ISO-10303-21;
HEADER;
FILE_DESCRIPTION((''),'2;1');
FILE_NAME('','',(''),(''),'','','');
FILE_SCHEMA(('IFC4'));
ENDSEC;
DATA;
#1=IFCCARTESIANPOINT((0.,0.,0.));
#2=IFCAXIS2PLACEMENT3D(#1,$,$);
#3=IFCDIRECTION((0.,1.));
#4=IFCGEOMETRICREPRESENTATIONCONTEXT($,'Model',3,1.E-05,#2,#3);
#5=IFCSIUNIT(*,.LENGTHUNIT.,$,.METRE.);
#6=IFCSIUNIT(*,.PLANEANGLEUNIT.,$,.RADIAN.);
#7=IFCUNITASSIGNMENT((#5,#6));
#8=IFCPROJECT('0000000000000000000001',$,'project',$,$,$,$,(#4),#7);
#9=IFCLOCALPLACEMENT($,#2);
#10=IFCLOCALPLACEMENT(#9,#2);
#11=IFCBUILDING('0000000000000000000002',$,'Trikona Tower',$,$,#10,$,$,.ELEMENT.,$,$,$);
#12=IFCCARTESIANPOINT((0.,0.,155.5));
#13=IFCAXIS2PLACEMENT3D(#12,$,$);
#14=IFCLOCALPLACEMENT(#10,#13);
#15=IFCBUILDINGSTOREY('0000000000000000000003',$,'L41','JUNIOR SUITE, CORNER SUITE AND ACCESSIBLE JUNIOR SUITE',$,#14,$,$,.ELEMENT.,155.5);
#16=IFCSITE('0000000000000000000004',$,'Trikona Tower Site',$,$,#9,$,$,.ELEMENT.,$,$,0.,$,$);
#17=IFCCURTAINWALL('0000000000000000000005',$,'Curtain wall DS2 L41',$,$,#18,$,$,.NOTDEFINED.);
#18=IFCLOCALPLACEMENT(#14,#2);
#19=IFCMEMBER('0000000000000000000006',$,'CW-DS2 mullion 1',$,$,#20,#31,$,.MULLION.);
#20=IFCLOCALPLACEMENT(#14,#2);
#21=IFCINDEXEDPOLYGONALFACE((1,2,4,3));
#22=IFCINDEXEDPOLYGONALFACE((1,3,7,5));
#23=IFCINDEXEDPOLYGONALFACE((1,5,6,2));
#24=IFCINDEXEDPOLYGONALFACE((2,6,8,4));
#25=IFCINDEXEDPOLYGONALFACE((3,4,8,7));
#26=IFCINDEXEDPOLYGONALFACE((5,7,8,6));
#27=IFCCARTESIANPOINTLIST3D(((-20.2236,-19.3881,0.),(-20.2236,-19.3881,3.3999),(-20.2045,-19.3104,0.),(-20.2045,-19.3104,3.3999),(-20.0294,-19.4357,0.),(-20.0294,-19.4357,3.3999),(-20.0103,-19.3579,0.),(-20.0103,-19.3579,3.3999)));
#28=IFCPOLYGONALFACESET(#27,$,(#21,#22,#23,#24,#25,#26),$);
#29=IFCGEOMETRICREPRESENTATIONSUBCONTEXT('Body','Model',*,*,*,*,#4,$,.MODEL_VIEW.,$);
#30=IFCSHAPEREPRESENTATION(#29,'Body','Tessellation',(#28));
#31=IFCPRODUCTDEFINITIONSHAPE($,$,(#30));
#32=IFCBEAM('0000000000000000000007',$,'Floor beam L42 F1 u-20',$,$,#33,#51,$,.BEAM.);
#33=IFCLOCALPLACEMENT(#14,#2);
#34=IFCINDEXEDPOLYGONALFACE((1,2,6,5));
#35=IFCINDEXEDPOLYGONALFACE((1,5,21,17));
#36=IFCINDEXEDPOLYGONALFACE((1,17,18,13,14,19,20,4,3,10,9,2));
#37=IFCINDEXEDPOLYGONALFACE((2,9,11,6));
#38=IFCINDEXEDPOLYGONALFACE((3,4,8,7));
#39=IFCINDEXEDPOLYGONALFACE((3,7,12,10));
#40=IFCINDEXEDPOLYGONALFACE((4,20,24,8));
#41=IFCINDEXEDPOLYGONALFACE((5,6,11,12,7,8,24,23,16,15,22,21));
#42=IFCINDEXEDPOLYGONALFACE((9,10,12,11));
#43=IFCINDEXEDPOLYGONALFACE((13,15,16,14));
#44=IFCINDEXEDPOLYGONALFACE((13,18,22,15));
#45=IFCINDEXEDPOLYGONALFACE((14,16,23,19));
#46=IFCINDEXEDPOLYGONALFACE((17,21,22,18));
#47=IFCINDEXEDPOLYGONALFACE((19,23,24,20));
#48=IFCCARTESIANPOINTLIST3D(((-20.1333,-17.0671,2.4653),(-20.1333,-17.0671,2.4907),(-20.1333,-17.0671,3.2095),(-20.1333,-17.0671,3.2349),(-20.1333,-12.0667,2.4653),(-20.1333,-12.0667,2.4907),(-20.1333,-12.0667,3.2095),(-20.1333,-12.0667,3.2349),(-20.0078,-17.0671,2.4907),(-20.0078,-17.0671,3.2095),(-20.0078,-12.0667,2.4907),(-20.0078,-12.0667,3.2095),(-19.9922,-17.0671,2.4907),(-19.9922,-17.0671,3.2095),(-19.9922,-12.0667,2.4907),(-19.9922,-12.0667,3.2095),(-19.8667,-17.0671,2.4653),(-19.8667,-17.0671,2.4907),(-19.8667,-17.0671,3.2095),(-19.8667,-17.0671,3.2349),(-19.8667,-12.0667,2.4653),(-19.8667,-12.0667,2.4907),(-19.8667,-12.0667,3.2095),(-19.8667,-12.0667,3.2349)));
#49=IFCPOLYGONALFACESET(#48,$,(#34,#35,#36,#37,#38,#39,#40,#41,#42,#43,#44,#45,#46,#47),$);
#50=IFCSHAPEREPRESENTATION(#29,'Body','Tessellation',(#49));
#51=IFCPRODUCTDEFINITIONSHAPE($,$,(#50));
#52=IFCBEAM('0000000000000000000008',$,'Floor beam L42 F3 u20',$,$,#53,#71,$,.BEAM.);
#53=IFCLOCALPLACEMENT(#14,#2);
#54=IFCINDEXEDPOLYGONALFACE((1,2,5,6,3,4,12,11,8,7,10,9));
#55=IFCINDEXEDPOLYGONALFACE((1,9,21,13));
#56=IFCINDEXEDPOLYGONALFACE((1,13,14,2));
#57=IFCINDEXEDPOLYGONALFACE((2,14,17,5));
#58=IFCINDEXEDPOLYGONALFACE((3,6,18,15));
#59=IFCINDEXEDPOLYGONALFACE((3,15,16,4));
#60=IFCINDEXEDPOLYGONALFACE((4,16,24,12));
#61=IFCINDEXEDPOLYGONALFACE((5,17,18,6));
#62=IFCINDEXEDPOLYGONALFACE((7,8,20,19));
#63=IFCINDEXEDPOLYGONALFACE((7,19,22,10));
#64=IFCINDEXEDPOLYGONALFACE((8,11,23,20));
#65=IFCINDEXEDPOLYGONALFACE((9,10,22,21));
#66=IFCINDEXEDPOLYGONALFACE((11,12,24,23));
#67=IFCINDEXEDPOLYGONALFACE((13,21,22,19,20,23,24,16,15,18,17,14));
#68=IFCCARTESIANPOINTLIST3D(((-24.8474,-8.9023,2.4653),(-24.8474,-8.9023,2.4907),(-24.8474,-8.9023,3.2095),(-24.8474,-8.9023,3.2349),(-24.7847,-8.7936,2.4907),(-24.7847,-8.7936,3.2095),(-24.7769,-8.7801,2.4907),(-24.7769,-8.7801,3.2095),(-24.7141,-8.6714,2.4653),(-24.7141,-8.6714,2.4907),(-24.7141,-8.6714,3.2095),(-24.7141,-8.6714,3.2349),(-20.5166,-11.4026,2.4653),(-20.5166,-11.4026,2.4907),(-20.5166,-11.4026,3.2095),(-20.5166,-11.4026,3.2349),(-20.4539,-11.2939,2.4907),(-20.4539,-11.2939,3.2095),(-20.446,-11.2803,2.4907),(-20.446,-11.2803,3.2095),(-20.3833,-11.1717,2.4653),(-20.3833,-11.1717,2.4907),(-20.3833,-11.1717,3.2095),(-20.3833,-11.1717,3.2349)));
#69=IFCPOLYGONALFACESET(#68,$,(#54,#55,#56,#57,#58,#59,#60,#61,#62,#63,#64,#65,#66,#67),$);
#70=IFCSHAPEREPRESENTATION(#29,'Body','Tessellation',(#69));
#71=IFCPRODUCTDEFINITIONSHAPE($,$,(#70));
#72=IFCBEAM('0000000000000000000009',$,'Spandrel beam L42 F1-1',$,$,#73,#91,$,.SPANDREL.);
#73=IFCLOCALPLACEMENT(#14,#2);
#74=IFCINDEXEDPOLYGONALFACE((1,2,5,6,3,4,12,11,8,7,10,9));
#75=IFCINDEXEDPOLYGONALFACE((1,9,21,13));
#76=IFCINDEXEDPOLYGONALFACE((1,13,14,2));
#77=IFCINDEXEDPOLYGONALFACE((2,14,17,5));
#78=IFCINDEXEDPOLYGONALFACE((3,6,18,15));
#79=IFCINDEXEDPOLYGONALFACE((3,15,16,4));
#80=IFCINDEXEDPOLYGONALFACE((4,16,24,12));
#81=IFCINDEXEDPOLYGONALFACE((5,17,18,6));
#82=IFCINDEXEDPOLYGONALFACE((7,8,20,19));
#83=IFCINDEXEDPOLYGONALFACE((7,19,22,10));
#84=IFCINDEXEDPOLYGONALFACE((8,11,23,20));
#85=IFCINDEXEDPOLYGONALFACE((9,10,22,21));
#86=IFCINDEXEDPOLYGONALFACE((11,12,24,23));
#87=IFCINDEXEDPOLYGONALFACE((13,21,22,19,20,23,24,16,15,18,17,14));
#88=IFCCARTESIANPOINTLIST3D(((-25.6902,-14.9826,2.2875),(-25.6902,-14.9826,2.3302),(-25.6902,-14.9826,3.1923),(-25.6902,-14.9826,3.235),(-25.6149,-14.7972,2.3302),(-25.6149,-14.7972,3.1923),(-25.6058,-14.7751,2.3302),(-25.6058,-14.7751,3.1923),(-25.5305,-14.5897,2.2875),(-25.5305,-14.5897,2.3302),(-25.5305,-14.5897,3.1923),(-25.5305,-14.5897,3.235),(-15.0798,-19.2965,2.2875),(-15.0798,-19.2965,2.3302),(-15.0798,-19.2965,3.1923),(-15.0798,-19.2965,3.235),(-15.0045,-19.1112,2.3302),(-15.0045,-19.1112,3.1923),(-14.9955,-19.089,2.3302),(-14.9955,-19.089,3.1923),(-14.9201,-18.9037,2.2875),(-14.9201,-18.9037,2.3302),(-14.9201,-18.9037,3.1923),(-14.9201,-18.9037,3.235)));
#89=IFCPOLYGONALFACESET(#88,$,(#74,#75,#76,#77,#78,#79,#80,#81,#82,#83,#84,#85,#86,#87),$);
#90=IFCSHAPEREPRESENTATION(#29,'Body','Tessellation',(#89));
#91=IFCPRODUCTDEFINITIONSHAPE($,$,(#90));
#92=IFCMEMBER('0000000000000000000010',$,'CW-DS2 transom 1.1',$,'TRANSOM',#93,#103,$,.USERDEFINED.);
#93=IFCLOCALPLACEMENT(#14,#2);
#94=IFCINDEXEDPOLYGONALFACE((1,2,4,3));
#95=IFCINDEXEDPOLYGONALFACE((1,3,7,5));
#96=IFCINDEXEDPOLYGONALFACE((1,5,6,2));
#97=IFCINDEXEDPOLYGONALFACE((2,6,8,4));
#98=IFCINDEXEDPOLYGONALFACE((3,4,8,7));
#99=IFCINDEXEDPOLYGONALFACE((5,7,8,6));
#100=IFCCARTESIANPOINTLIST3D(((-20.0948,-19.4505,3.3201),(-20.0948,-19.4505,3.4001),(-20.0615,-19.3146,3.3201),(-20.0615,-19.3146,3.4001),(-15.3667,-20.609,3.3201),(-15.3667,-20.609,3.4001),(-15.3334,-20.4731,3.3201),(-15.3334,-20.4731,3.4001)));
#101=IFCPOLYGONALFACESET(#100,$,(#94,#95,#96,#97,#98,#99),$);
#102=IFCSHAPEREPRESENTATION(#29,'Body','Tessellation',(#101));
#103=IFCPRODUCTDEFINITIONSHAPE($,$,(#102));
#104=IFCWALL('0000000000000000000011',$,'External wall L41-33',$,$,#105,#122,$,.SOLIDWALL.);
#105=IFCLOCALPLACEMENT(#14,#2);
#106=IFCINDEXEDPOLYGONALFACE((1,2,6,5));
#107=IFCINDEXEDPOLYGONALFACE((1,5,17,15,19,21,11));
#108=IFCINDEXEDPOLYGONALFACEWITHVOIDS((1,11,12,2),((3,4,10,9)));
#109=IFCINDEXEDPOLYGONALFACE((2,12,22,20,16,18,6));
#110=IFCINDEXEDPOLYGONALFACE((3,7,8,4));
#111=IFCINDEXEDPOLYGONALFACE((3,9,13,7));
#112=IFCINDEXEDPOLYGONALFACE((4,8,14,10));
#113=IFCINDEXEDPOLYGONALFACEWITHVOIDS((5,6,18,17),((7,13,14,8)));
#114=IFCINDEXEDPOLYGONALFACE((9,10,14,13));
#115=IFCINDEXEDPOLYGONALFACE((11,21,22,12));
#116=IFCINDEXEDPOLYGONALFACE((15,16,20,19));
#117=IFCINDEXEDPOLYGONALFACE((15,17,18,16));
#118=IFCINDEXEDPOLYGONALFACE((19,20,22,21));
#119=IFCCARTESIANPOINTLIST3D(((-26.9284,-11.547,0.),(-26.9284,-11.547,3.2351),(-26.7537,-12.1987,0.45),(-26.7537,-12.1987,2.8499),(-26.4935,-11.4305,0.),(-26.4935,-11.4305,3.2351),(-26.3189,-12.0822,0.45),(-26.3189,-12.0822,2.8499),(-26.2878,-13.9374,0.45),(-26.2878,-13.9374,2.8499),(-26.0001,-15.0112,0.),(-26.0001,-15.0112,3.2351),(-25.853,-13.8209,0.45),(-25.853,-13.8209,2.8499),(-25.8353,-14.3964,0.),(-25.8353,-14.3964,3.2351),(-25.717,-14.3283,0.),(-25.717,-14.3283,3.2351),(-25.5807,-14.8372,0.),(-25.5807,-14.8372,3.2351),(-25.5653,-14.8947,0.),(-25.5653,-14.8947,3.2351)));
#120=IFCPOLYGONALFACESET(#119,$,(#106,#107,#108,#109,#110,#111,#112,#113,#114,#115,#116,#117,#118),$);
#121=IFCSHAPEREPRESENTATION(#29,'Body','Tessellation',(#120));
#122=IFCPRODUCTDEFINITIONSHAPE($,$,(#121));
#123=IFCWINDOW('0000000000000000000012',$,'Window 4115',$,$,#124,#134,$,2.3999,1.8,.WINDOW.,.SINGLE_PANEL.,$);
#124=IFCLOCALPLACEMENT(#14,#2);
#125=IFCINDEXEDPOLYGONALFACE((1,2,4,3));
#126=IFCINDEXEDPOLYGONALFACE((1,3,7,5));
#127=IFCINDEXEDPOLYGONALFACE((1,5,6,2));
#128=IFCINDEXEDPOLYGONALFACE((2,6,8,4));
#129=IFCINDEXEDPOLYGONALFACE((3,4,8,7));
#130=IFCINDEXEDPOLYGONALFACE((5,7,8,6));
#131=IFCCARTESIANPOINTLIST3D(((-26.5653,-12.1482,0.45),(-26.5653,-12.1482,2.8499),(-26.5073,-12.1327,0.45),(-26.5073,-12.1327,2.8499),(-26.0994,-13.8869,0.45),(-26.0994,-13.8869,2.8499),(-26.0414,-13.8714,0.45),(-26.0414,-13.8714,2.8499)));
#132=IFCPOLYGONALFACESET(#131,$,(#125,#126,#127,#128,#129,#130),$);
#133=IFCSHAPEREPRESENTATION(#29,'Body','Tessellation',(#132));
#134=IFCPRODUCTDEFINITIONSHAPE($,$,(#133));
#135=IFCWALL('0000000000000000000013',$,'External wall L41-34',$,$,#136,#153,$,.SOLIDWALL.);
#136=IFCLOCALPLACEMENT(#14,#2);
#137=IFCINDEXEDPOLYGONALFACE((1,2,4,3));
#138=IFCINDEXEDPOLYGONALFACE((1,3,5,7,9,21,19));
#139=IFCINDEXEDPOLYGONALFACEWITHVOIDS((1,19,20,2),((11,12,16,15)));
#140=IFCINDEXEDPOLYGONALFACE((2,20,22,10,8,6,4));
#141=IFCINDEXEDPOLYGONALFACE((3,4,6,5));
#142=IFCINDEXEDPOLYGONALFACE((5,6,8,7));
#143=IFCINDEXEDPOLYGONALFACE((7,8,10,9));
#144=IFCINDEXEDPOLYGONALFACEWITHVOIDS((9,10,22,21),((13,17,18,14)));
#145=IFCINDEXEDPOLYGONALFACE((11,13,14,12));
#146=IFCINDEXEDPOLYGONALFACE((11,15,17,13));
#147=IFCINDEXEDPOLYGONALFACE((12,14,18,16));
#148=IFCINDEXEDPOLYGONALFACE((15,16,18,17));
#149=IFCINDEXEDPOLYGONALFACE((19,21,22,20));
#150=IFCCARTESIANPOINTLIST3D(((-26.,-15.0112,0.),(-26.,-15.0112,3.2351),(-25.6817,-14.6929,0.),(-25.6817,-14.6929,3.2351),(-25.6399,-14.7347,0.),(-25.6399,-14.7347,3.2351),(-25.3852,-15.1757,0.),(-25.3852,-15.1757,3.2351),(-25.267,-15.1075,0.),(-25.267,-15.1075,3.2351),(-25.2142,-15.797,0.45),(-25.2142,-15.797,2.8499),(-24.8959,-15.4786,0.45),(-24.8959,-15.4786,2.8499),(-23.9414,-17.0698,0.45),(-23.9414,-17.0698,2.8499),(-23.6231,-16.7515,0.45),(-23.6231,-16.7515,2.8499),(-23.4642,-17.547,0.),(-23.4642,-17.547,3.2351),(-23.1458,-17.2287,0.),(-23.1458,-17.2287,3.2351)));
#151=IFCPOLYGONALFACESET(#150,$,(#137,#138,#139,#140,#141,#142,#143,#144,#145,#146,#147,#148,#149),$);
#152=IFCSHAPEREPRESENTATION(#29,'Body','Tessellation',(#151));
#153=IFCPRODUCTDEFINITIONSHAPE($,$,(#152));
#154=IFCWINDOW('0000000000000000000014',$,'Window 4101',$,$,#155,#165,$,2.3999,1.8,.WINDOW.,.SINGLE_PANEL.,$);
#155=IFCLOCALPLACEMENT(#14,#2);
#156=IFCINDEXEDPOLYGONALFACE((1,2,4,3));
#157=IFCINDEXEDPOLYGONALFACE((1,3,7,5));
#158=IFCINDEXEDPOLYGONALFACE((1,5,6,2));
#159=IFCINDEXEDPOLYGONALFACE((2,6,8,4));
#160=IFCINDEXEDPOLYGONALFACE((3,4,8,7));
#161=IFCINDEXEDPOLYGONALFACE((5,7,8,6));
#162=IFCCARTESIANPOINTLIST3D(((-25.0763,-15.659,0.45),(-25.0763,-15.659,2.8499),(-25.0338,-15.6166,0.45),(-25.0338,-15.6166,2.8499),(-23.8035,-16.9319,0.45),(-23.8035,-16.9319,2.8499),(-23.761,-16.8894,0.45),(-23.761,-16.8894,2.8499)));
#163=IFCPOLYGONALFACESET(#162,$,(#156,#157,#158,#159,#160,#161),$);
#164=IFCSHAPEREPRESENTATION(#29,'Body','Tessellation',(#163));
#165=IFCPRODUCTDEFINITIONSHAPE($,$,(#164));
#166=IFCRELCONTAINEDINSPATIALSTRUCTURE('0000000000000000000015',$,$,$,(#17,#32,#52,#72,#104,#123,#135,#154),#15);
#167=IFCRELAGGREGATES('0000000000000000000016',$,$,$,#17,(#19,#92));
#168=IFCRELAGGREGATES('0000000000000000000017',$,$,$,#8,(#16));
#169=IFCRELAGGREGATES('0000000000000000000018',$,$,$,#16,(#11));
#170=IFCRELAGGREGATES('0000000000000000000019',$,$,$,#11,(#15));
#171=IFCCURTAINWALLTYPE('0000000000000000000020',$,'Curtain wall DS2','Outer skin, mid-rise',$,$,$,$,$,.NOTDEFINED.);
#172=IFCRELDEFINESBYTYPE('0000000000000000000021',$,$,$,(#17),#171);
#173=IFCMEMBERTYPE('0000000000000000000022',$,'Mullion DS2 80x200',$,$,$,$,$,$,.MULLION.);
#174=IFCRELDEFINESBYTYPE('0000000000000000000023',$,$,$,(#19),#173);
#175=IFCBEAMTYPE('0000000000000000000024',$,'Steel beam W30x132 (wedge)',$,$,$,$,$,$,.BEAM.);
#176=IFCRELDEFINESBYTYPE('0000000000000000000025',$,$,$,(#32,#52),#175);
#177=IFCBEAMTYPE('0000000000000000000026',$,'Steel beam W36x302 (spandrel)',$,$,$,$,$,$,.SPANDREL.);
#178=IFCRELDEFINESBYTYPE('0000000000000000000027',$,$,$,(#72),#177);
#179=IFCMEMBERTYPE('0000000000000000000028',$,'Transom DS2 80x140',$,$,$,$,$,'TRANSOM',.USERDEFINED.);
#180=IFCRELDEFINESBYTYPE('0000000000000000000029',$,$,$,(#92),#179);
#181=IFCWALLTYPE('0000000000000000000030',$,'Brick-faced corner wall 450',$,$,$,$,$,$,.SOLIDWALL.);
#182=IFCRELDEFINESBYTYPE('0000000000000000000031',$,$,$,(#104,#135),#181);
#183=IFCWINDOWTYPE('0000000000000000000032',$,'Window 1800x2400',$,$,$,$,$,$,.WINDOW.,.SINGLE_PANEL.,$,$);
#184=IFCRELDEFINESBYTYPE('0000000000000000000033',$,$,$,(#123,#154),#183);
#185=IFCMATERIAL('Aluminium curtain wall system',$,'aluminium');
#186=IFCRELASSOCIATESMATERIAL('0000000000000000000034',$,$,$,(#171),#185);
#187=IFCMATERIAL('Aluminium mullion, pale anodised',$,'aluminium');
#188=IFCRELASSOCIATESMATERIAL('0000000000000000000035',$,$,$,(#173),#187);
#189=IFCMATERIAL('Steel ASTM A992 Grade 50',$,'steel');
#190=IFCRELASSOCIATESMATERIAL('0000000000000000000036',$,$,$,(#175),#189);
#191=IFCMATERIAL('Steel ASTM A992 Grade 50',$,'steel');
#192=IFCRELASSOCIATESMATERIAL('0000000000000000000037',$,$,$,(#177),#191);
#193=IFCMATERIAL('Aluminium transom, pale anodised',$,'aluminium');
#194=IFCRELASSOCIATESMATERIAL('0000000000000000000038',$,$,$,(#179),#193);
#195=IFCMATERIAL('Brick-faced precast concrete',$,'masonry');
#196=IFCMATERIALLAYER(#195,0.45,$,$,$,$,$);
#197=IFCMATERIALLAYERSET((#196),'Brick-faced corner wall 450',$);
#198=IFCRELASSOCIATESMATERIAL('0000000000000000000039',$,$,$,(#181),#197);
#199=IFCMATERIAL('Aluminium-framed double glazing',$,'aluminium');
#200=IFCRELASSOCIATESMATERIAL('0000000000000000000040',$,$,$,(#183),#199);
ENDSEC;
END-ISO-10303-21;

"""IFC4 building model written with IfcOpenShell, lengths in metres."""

from ifc_helpers import new_model, si_unit, direction, frame, frame_2d, origin, origin_2d, place, context, subcontext, project, spatial, polyline, rectangle, i_section, outline, extrude, material, layer, layer_set, material_profile, profile_set, type_object, element, fill, aggregate, save


model = new_model("IFC4")

# Units and contexts
model_context = context("Model", 3, precision=1e-05, world=origin(), true_north=direction((0.0, 1.0)))
body_context = subcontext(model_context, "Body", "Model", "MODEL_VIEW")
ifc_project = project(units=[si_unit("LENGTHUNIT", "METRE"), si_unit("PLANEANGLEUNIT", "RADIAN")], contexts=[model_context])

# Site, building, storey
site_placement = place(None, origin())
site = spatial("IfcSite", under=ifc_project, at=site_placement, Name="Trikona Tower Site", CompositionType="ELEMENT", RefElevation=0.0)
building_placement = place(site_placement, origin())
building = spatial("IfcBuilding", under=site, at=building_placement, Name="Trikona Tower", CompositionType="ELEMENT")
storey_placement = place(building_placement, frame((0.0, 0.0, 155.5)))
storey = spatial("IfcBuildingStorey", under=building, at=storey_placement, Name="L41", Description="JUNIOR SUITE, CORNER SUITE AND ACCESSIBLE JUNIOR SUITE", CompositionType="ELEMENT", Elevation=155.5)

# Curtain wall, member
ifc_material_1 = material(Name="Aluminium curtain wall system", Category="aluminium")
curtain_wall_type = type_object("IfcCurtainWallType", Name="Curtain wall DS2", Description="Outer skin, mid-rise", PredefinedType="NOTDEFINED", material=ifc_material_1)
curtain_wall_placement = place(storey_placement, origin())
curtain_wall = element("IfcCurtainWall", 1, at=curtain_wall_placement, inside=storey, type_object=curtain_wall_type, Name="Curtain wall DS2 L41", PredefinedType="NOTDEFINED")
ifc_material_2 = material(Name="Aluminium mullion, pale anodised", Category="aluminium")
ifc_material_profile_1 = material_profile(ifc_material_2, rectangle(XDim=0.0801, YDim=0.2, at=origin_2d()), Name="MUL-DS2")
ifc_profile_set_1 = profile_set([ifc_material_profile_1], Name="Aluminium mullion, pale anodised")
member_type_1 = type_object("IfcMemberType", Name="Mullion DS2 80x200", PredefinedType="MULLION", material=ifc_profile_set_1)
member_1_placement = place(storey_placement, frame((-20.1169, -19.373, 0.0), z_axis=(0.0, 0.0, 1.0), x_axis=(0.23797, 0.971272, 0.0)))
member_1 = element("IfcMember", 2, at=member_1_placement, type_object=member_type_1, Name="CW-DS2 mullion 1", PredefinedType="MULLION", context=body_context, shape_type="SweptSolid", body=[
    extrude(rectangle(XDim=0.0801, YDim=0.2, at=origin_2d()), origin(), (0.0, 0.0, 1.0), 3.3999),
])

# Beams
ifc_material_3 = material(Name="Steel ASTM A992 Grade 50", Category="steel")
ifc_material_profile_2 = material_profile(ifc_material_3, i_section(OverallWidth=0.2666, OverallDepth=0.7695, WebThickness=0.0156, FlangeThickness=0.0254, at=origin_2d()), Name="W30X132")
ifc_profile_set_2 = profile_set([ifc_material_profile_2], Name="Steel ASTM A992 Grade 50")
beam_type_1 = type_object("IfcBeamType", Name="Steel beam W30x132 (wedge)", PredefinedType="BEAM", material=ifc_profile_set_2)
beam_1_placement = place(storey_placement, frame((-20.0, -12.0667, 2.8501), z_axis=(0.0, -1.0, 0.0), x_axis=(1.0, 0.0, 0.0)))
element("IfcBeam", 3, at=beam_1_placement, inside=storey, type_object=beam_type_1, Name="Floor beam L42 F1 u-20", PredefinedType="BEAM", context=body_context, shape_type="SweptSolid", body=[
    extrude(i_section(OverallWidth=0.2666, OverallDepth=0.7695, WebThickness=0.0156, FlangeThickness=0.0254, at=origin_2d()), origin(), (0.0, 0.0, 1.0), 5.0005),
])
beam_2_placement = place(storey_placement, frame((-20.45, -11.2871, 2.8501), z_axis=(-0.866038, 0.499977, 0.0), x_axis=(-0.499977, -0.866038, 0.0)))
element("IfcBeam", 4, at=beam_2_placement, inside=storey, type_object=beam_type_1, Name="Floor beam L42 F3 u20", PredefinedType="BEAM", context=body_context, shape_type="SweptSolid", body=[
    extrude(i_section(OverallWidth=0.2666, OverallDepth=0.7695, WebThickness=0.0156, FlangeThickness=0.0254, at=origin_2d()), origin(), (0.0, 0.0, 1.0), 5.0007),
])
ifc_material_4 = material(Name="Steel ASTM A992 Grade 50", Category="steel")
ifc_material_profile_3 = material_profile(ifc_material_4, i_section(OverallWidth=0.4241, OverallDepth=0.9475, WebThickness=0.0239, FlangeThickness=0.0427, at=origin_2d()), Name="W36X302")
ifc_profile_set_3 = profile_set([ifc_material_profile_3], Name="Steel ASTM A992 Grade 50")
beam_type_2 = type_object("IfcBeamType", Name="Steel beam W36x302 (spandrel)", PredefinedType="SPANDREL", material=ifc_profile_set_3)
beam_3_placement = place(storey_placement, frame((-25.6104, -14.7861, 2.7612), z_axis=(0.92636, -0.37664, 0.0), x_axis=(0.37664, 0.92636, 0.0)))
element("IfcBeam", 5, at=beam_3_placement, inside=storey, type_object=beam_type_2, Name="Spandrel beam L42 F1-1", PredefinedType="SPANDREL", context=body_context, shape_type="SweptSolid", body=[
    extrude(i_section(OverallWidth=0.4241, OverallDepth=0.9475, WebThickness=0.0239, FlangeThickness=0.0427, at=origin_2d()), origin(), (0.0, 0.0, 1.0), 11.4539),
])

# Member
ifc_material_5 = material(Name="Aluminium transom, pale anodised", Category="aluminium")
ifc_material_profile_4 = material_profile(ifc_material_5, rectangle(XDim=0.1399, YDim=0.0801, at=origin_2d()), Name="TRN-DS2")
ifc_profile_set_4 = profile_set([ifc_material_profile_4], Name="Aluminium transom, pale anodised")
member_type_2 = type_object("IfcMemberType", Name="Transom DS2 80x140", ElementType="TRANSOM", PredefinedType="USERDEFINED", material=ifc_profile_set_4)
member_2_placement = place(storey_placement, frame((-20.0781, -19.3826, 3.3601), z_axis=(0.971271, -0.237978, 0.0), x_axis=(0.237978, 0.971271, 0.0)))
member_2 = element("IfcMember", 6, at=member_2_placement, type_object=member_type_2, Name="CW-DS2 transom 1.1", ObjectType="TRANSOM", PredefinedType="USERDEFINED", context=body_context, shape_type="SweptSolid", body=[
    extrude(rectangle(XDim=0.1399, YDim=0.0801, at=origin_2d()), origin(), (0.0, 0.0, 1.0), 4.8679),
])
aggregate(curtain_wall, [member_1, member_2])

# Walls, openings, windows
ifc_material_6 = material(Name="Brick-faced precast concrete", Category="masonry")
ifc_layer_1 = layer(ifc_material_6, 0.45)
ifc_layer_set_1 = layer_set([ifc_layer_1], Name="Brick-faced corner wall 450")
wall_type_1 = type_object("IfcWallType", Name="Brick-faced corner wall 450", PredefinedType="SOLIDWALL", material=ifc_layer_set_1)
wall_1_placement = place(storey_placement, frame((-26.7109, -11.4888, 0.0), z_axis=(0.0, 0.0, 1.0), x_axis=(0.258823, -0.965925, 0.0)))
wall_1 = element("IfcWall", 7, at=wall_1_placement, inside=storey, type_object=wall_type_1, Name="External wall L41-33", PredefinedType="SOLIDWALL", context=body_context, shape_type="SweptSolid", body=[
    extrude(outline(polyline([(3.5864, 0.2251), (3.5269, 0.2251), (3.0352, 0.0933), (3.0, 0.2251), (0.0, 0.2251), (0.0, -0.2251), (3.5864, -0.2251), (3.5864, 0.2251)])), origin(), (0.0, 0.0, 1.0), 3.2351),
])
opening_1_placement = place(wall_1_placement, frame((0.6748, 0.0, 0.45)))
opening_1 = element("IfcOpeningElement", 8, at=opening_1_placement, cuts=wall_1, PredefinedType="OPENING", context=body_context, shape_type="SweptSolid", body=[
    extrude(rectangle(XDim=1.8, YDim=2.3999, at=frame_2d((0.8999, 1.2))), frame((0.0, 0.2349, 0.0), z_axis=(0.0, -1.0, 0.0), x_axis=(1.0, 0.0, 0.0)), (0.0, 0.0, 1.0), 0.47),
])
ifc_material_7 = material(Name="Aluminium-framed double glazing", Category="aluminium")
window_type_1 = type_object("IfcWindowType", Name="Window 1800x2400", PartitioningType="SINGLE_PANEL", PredefinedType="WINDOW", material=ifc_material_7)
window_1_placement = place(opening_1_placement, origin())
window_1 = element("IfcWindow", 9, at=window_1_placement, inside=storey, type_object=window_type_1, Name="Window 4115", OverallHeight=2.3999, OverallWidth=1.8, PartitioningType="SINGLE_PANEL", PredefinedType="WINDOW", context=body_context, shape_type="SweptSolid", body=[
    extrude(rectangle(XDim=1.8, YDim=2.3999, at=frame_2d((0.8999, 1.2))), frame((0.0, 0.03, 0.0), z_axis=(0.0, -1.0, 0.0), x_axis=(1.0, 0.0, 0.0)), (0.0, 0.0, 1.0), 0.0601),
])
fill(opening_1, window_1)
wall_2_placement = place(storey_placement, frame((-25.8408, -14.8521, 0.0), z_axis=(0.0, 0.0, 1.0), x_axis=(0.707107, -0.707107, 0.0)))
wall_2 = element("IfcWall", 10, at=wall_2_placement, inside=storey, type_object=wall_type_1, Name="External wall L41-34", PredefinedType="SOLIDWALL", context=body_context, shape_type="SweptSolid", body=[
    extrude(outline(polyline([(3.5862, 0.2251), (0.5864, 0.2251), (0.551, 0.0933), (0.0591, 0.2251), (0.0, 0.2251), (0.0, -0.2251), (3.5862, -0.2251), (3.5862, 0.2251)])), origin(), (0.0, 0.0, 1.0), 3.2351),
])
opening_2_placement = place(wall_2_placement, frame((1.1113, 0.0, 0.45)))
opening_2 = element("IfcOpeningElement", 11, at=opening_2_placement, cuts=wall_2, PredefinedType="OPENING", context=body_context, shape_type="SweptSolid", body=[
    extrude(rectangle(XDim=1.8, YDim=2.3999, at=frame_2d((0.8999, 1.2))), frame((0.0, 0.2349, 0.0), z_axis=(0.0, -1.0, 0.0), x_axis=(1.0, 0.0, 0.0)), (0.0, 0.0, 1.0), 0.47),
])
window_2_placement = place(opening_2_placement, origin())
window_2 = element("IfcWindow", 12, at=window_2_placement, inside=storey, type_object=window_type_1, Name="Window 4101", OverallHeight=2.3999, OverallWidth=1.8, PartitioningType="SINGLE_PANEL", PredefinedType="WINDOW", context=body_context, shape_type="SweptSolid", body=[
    extrude(rectangle(XDim=1.8, YDim=2.3999, at=frame_2d((0.8999, 1.2))), frame((0.0, 0.03, 0.0), z_axis=(0.0, -1.0, 0.0), x_axis=(1.0, 0.0, 0.0)), (0.0, 0.0, 1.0), 0.0601),
])
fill(opening_2, window_2)

save(model, "model.ifc")
